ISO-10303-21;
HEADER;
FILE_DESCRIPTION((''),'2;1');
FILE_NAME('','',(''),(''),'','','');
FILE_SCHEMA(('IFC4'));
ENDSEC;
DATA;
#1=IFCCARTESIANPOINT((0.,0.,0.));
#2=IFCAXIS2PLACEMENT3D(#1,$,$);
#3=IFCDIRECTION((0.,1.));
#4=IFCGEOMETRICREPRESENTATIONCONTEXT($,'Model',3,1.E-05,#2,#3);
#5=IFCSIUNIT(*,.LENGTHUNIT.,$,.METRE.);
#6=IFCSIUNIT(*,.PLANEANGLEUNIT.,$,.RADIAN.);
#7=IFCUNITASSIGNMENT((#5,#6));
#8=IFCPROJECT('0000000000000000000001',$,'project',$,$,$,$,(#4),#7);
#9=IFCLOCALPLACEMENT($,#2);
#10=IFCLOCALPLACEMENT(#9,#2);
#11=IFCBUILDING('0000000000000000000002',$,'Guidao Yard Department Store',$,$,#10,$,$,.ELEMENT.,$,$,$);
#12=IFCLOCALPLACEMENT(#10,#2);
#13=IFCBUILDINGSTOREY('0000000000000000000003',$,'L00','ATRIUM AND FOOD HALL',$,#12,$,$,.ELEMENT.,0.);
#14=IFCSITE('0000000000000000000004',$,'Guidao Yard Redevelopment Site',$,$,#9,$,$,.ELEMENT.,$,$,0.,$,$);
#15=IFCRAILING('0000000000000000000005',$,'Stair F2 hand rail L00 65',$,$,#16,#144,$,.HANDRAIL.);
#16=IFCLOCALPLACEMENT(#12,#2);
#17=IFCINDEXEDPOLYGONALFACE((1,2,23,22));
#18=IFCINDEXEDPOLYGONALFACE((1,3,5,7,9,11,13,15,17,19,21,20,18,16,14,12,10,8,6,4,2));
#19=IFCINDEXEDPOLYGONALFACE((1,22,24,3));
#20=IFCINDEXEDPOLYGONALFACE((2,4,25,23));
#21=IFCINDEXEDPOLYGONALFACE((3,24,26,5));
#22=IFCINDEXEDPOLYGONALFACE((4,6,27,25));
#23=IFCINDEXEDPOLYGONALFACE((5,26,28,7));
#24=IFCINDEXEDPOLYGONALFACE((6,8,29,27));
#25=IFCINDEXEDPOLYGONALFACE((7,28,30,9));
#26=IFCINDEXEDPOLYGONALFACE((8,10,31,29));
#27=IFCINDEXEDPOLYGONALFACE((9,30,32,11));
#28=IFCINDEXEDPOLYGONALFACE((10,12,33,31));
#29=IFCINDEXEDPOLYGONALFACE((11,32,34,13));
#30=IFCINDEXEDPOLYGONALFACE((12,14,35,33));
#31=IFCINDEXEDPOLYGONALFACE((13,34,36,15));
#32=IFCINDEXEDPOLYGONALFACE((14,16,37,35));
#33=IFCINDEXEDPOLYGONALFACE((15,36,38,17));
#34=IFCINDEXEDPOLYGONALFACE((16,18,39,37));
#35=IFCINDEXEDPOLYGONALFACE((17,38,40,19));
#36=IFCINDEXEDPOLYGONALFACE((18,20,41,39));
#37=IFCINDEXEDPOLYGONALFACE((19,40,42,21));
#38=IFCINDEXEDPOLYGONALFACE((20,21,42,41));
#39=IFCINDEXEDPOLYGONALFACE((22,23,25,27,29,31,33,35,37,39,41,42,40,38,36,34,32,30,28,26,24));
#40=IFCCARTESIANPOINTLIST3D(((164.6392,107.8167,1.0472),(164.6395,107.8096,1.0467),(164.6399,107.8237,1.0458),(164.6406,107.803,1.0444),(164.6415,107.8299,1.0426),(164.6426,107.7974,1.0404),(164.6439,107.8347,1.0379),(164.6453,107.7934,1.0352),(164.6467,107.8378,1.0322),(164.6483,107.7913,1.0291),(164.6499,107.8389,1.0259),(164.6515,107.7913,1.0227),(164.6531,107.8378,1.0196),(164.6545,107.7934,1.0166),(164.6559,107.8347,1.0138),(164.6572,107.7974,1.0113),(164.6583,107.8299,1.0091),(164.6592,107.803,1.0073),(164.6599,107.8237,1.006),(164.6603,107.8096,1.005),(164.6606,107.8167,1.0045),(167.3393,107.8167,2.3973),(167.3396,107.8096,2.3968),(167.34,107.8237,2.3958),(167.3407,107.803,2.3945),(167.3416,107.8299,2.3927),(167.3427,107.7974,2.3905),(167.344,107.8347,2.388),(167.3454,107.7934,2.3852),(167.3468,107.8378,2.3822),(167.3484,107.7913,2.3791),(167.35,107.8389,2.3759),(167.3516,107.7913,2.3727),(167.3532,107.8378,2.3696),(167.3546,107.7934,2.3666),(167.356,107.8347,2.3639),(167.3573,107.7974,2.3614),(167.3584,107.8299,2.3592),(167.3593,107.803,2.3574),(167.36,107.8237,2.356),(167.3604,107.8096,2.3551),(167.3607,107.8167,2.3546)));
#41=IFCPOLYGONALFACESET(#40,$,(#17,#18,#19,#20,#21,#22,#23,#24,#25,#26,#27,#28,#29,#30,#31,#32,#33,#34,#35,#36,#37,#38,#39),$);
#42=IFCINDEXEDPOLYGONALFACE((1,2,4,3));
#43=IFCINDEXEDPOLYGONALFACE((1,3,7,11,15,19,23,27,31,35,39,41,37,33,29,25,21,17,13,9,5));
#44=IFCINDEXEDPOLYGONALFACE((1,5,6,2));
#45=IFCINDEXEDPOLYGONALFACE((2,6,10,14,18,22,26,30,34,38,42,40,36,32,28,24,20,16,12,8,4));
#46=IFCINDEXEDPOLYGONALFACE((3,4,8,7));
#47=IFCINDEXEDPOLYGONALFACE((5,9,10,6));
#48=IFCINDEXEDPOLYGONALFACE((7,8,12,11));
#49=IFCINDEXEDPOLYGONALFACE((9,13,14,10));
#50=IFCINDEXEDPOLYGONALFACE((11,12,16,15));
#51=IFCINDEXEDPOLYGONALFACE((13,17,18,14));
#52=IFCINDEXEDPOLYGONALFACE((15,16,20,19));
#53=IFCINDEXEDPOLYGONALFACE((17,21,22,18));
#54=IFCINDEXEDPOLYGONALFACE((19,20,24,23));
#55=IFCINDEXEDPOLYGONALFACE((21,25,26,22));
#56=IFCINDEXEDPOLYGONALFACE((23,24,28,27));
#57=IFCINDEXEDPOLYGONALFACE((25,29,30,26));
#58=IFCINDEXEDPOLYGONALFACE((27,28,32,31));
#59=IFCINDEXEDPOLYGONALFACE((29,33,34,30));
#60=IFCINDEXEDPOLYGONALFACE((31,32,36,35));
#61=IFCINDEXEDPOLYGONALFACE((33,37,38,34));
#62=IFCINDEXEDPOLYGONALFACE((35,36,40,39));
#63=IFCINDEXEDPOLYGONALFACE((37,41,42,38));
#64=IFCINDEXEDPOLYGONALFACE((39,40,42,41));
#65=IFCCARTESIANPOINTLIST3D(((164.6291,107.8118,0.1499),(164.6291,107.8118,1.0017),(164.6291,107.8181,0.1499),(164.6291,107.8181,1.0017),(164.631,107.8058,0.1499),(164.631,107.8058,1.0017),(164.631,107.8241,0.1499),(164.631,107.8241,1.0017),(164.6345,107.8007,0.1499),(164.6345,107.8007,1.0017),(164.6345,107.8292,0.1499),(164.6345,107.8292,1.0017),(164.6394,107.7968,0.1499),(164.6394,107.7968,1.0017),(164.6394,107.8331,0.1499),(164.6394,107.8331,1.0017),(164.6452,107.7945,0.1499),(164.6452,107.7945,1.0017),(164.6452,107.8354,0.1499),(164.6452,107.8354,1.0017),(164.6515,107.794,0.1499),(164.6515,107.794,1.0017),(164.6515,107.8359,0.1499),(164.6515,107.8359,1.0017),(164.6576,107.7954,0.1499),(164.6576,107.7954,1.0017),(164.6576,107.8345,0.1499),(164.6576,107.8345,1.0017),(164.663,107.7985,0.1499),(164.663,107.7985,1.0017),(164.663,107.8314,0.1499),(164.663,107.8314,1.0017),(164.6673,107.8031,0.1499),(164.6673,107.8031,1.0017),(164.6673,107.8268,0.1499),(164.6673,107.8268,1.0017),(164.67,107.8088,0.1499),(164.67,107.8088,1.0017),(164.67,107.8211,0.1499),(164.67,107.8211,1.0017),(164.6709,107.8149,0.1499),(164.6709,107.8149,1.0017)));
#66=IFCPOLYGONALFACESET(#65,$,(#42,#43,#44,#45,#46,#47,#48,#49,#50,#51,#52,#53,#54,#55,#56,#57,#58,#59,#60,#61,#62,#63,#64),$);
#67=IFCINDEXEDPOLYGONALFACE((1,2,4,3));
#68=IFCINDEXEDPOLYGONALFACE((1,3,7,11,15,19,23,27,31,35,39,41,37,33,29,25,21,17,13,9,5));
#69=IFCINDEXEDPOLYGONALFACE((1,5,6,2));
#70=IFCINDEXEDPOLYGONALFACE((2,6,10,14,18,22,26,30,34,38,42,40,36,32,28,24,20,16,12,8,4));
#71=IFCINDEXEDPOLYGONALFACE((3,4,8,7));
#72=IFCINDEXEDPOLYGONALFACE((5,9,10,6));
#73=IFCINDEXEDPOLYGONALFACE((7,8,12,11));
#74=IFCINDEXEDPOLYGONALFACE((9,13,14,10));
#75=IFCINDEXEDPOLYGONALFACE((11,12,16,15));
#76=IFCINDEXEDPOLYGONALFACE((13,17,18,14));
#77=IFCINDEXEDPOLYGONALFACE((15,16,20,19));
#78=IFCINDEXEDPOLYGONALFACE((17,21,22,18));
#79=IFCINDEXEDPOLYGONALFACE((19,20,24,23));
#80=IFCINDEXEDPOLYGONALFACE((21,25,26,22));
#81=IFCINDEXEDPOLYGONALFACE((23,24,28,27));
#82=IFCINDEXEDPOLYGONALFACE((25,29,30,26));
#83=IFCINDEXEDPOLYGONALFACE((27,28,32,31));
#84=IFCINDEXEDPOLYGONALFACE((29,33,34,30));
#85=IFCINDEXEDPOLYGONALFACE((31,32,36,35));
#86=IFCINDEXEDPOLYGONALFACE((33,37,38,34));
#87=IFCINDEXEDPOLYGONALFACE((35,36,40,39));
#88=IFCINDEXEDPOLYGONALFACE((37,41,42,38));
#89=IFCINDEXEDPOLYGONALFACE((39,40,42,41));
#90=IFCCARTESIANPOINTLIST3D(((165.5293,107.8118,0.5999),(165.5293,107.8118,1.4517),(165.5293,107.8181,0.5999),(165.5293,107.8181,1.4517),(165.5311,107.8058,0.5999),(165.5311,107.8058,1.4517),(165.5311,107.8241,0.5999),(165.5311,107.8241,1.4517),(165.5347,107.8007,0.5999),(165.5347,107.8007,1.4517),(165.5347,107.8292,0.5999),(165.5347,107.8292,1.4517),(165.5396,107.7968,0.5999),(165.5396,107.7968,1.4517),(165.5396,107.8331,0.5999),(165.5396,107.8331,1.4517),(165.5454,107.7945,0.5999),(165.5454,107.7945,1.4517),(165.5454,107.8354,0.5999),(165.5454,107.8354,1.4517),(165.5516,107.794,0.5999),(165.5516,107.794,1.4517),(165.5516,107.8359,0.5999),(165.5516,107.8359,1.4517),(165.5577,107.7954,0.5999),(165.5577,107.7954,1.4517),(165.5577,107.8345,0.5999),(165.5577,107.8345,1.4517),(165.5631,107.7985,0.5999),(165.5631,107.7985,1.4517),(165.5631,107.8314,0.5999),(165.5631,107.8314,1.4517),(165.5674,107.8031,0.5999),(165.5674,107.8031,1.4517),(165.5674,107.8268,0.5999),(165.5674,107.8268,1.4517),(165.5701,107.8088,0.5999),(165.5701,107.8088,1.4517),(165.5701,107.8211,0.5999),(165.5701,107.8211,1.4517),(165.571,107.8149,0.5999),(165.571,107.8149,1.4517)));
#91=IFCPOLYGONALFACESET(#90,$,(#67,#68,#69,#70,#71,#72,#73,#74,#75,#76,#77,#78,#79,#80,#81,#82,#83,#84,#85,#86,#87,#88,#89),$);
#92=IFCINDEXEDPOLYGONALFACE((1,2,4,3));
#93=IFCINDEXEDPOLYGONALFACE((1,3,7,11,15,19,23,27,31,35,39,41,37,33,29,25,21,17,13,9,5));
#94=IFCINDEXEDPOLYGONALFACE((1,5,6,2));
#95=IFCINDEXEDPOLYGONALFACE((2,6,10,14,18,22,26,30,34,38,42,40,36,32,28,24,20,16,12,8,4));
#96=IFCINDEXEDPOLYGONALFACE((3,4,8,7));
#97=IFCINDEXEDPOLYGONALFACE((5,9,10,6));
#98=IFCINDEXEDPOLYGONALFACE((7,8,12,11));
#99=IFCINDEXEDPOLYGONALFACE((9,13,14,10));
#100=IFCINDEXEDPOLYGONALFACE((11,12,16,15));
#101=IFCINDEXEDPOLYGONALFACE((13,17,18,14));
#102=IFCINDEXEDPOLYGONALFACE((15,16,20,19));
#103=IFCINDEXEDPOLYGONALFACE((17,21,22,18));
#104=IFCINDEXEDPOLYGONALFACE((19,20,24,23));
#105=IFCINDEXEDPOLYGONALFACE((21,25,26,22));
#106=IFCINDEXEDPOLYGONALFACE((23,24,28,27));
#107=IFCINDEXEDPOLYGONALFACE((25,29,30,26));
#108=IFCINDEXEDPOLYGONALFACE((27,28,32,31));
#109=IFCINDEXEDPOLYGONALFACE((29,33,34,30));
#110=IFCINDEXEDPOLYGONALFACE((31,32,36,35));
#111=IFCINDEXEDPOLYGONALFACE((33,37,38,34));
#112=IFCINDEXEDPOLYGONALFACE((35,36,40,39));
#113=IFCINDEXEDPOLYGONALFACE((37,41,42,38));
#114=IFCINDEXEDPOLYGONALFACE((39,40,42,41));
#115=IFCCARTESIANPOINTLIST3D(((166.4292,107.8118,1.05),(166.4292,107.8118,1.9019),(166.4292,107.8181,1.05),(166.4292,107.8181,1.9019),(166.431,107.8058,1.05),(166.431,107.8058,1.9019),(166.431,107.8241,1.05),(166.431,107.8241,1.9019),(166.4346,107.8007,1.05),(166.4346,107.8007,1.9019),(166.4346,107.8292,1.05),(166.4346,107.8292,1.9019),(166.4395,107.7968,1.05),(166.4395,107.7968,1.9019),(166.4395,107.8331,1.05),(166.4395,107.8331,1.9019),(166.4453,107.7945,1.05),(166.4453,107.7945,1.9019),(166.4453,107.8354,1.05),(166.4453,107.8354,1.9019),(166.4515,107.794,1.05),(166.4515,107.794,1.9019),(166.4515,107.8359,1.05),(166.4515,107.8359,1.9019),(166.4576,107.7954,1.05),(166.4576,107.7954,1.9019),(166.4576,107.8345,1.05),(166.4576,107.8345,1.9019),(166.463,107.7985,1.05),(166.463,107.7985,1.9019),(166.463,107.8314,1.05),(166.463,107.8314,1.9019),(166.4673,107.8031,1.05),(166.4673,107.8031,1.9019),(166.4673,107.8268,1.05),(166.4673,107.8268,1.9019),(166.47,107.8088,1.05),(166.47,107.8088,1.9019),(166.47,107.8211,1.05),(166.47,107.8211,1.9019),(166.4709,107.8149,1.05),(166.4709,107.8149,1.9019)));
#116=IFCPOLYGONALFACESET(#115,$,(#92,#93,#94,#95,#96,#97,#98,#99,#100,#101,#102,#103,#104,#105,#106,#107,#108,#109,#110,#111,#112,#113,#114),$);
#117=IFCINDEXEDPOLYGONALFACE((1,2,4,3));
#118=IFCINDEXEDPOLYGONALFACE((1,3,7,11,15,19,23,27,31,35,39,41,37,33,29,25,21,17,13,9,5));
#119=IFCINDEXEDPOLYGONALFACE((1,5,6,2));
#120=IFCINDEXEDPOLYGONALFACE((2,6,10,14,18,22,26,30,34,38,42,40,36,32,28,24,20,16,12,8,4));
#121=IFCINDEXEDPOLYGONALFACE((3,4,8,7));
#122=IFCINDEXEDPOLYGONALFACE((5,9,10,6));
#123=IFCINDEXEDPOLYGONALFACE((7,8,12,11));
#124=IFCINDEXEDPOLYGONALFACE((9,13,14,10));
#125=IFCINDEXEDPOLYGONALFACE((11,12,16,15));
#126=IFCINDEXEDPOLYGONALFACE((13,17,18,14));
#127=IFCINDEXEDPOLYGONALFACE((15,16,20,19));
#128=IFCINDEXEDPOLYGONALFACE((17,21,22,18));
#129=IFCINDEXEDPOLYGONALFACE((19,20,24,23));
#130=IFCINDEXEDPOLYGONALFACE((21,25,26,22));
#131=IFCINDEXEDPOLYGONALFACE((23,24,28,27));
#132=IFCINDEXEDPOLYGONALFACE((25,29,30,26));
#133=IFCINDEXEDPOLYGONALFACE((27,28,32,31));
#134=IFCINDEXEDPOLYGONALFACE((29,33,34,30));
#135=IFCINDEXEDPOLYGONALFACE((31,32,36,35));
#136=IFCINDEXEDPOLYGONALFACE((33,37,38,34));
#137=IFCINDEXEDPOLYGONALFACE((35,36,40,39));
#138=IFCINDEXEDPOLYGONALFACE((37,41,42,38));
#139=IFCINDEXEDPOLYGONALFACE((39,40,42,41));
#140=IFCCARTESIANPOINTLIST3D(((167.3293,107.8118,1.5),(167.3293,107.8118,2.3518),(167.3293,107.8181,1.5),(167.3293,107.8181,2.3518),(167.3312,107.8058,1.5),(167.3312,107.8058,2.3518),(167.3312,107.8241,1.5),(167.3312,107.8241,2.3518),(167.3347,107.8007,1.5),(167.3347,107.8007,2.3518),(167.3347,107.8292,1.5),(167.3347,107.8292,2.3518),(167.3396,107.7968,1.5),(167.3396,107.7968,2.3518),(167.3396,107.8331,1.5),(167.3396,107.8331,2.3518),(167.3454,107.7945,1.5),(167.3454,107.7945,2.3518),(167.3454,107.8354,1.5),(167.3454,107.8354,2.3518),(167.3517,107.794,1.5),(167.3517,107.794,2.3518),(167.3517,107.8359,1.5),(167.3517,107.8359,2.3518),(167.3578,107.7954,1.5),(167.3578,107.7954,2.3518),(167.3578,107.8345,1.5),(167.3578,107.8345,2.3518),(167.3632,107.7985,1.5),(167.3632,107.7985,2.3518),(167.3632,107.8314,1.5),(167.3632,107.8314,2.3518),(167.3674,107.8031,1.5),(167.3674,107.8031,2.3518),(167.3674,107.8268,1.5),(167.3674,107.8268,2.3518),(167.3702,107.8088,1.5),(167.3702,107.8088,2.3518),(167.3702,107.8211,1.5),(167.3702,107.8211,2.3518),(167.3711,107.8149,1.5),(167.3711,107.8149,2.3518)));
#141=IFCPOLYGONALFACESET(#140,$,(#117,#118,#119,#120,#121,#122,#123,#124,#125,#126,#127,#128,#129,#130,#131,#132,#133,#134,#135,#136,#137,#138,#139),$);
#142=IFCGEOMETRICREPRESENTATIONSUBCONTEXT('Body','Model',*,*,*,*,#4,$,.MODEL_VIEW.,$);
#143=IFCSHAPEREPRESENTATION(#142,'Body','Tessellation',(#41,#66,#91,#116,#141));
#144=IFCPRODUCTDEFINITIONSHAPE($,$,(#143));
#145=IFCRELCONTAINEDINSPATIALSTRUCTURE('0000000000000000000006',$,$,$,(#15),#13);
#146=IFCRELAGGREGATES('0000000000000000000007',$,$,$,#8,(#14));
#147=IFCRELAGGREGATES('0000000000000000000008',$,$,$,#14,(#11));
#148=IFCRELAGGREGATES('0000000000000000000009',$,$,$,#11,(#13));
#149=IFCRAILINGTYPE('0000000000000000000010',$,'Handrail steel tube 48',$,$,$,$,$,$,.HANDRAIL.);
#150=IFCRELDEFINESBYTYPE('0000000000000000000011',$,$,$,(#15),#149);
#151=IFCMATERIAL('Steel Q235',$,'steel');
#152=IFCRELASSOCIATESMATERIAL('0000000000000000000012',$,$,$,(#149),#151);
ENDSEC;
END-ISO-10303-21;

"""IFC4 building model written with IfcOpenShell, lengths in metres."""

from ifc_helpers import new_model, si_unit, direction, frame, origin, origin_2d, place, context, subcontext, project, spatial, circle, extrude, material, type_object, element, save


model = new_model("IFC4")

# Units and contexts
model_context = context("Model", 3, precision=1e-05, world=origin(), true_north=direction((0.0, 1.0)))
body_context = subcontext(model_context, "Body", "Model", "MODEL_VIEW")
ifc_project = project(units=[si_unit("LENGTHUNIT", "METRE"), si_unit("PLANEANGLEUNIT", "RADIAN")], contexts=[model_context])

# Site, building, storey
site_placement = place(None, origin())
site = spatial("IfcSite", under=ifc_project, at=site_placement, Name="Guidao Yard Redevelopment Site", CompositionType="ELEMENT", RefElevation=0.0)
building_placement = place(site_placement, origin())
building = spatial("IfcBuilding", under=site, at=building_placement, Name="Guidao Yard Department Store", CompositionType="ELEMENT")
storey_placement = place(building_placement, origin())
storey = spatial("IfcBuildingStorey", under=building, at=storey_placement, Name="L00", Description="ATRIUM AND FOOD HALL", CompositionType="ELEMENT", Elevation=0.0)

# Railing
ifc_material_1 = material(Name="Steel Q235", Category="steel")
railing_type = type_object("IfcRailingType", Name="Handrail steel tube 48", PredefinedType="HANDRAIL", material=ifc_material_1)
for number, where, name in (
    (1, (164.6499, 107.8149, 0.1499), "Stair F2 hand rail L00 65"),
):
    element("IfcRailing", number, at=place(storey_placement, frame(where)), inside=storey, type_object=railing_type, Name=name, PredefinedType="HANDRAIL", context=body_context, shape_type="SweptSolid", body=[
        extrude(circle(Radius=0.0239, at=origin_2d()), frame((0.0, 0.0, 0.876), z_axis=(0.894427, 0.0, 0.447214), x_axis=(0.0, 1.0, 0.0)), (0.0, 0.0, 1.0), 3.0188),
        extrude(circle(Radius=0.021, at=origin_2d()), origin(), (0.0, 0.0, 1.0), 0.8518),
        extrude(circle(Radius=0.021, at=origin_2d()), frame((0.9001, 0.0, 0.45)), (0.0, 0.0, 1.0), 0.8518),
        extrude(circle(Radius=0.021, at=origin_2d()), frame((1.8, 0.0, 0.9001)), (0.0, 0.0, 1.0), 0.8518),
        extrude(circle(Radius=0.021, at=origin_2d()), frame((2.7002, 0.0, 1.3501)), (0.0, 0.0, 1.0), 0.8518),
    ])

save(model, "model.ifc")
